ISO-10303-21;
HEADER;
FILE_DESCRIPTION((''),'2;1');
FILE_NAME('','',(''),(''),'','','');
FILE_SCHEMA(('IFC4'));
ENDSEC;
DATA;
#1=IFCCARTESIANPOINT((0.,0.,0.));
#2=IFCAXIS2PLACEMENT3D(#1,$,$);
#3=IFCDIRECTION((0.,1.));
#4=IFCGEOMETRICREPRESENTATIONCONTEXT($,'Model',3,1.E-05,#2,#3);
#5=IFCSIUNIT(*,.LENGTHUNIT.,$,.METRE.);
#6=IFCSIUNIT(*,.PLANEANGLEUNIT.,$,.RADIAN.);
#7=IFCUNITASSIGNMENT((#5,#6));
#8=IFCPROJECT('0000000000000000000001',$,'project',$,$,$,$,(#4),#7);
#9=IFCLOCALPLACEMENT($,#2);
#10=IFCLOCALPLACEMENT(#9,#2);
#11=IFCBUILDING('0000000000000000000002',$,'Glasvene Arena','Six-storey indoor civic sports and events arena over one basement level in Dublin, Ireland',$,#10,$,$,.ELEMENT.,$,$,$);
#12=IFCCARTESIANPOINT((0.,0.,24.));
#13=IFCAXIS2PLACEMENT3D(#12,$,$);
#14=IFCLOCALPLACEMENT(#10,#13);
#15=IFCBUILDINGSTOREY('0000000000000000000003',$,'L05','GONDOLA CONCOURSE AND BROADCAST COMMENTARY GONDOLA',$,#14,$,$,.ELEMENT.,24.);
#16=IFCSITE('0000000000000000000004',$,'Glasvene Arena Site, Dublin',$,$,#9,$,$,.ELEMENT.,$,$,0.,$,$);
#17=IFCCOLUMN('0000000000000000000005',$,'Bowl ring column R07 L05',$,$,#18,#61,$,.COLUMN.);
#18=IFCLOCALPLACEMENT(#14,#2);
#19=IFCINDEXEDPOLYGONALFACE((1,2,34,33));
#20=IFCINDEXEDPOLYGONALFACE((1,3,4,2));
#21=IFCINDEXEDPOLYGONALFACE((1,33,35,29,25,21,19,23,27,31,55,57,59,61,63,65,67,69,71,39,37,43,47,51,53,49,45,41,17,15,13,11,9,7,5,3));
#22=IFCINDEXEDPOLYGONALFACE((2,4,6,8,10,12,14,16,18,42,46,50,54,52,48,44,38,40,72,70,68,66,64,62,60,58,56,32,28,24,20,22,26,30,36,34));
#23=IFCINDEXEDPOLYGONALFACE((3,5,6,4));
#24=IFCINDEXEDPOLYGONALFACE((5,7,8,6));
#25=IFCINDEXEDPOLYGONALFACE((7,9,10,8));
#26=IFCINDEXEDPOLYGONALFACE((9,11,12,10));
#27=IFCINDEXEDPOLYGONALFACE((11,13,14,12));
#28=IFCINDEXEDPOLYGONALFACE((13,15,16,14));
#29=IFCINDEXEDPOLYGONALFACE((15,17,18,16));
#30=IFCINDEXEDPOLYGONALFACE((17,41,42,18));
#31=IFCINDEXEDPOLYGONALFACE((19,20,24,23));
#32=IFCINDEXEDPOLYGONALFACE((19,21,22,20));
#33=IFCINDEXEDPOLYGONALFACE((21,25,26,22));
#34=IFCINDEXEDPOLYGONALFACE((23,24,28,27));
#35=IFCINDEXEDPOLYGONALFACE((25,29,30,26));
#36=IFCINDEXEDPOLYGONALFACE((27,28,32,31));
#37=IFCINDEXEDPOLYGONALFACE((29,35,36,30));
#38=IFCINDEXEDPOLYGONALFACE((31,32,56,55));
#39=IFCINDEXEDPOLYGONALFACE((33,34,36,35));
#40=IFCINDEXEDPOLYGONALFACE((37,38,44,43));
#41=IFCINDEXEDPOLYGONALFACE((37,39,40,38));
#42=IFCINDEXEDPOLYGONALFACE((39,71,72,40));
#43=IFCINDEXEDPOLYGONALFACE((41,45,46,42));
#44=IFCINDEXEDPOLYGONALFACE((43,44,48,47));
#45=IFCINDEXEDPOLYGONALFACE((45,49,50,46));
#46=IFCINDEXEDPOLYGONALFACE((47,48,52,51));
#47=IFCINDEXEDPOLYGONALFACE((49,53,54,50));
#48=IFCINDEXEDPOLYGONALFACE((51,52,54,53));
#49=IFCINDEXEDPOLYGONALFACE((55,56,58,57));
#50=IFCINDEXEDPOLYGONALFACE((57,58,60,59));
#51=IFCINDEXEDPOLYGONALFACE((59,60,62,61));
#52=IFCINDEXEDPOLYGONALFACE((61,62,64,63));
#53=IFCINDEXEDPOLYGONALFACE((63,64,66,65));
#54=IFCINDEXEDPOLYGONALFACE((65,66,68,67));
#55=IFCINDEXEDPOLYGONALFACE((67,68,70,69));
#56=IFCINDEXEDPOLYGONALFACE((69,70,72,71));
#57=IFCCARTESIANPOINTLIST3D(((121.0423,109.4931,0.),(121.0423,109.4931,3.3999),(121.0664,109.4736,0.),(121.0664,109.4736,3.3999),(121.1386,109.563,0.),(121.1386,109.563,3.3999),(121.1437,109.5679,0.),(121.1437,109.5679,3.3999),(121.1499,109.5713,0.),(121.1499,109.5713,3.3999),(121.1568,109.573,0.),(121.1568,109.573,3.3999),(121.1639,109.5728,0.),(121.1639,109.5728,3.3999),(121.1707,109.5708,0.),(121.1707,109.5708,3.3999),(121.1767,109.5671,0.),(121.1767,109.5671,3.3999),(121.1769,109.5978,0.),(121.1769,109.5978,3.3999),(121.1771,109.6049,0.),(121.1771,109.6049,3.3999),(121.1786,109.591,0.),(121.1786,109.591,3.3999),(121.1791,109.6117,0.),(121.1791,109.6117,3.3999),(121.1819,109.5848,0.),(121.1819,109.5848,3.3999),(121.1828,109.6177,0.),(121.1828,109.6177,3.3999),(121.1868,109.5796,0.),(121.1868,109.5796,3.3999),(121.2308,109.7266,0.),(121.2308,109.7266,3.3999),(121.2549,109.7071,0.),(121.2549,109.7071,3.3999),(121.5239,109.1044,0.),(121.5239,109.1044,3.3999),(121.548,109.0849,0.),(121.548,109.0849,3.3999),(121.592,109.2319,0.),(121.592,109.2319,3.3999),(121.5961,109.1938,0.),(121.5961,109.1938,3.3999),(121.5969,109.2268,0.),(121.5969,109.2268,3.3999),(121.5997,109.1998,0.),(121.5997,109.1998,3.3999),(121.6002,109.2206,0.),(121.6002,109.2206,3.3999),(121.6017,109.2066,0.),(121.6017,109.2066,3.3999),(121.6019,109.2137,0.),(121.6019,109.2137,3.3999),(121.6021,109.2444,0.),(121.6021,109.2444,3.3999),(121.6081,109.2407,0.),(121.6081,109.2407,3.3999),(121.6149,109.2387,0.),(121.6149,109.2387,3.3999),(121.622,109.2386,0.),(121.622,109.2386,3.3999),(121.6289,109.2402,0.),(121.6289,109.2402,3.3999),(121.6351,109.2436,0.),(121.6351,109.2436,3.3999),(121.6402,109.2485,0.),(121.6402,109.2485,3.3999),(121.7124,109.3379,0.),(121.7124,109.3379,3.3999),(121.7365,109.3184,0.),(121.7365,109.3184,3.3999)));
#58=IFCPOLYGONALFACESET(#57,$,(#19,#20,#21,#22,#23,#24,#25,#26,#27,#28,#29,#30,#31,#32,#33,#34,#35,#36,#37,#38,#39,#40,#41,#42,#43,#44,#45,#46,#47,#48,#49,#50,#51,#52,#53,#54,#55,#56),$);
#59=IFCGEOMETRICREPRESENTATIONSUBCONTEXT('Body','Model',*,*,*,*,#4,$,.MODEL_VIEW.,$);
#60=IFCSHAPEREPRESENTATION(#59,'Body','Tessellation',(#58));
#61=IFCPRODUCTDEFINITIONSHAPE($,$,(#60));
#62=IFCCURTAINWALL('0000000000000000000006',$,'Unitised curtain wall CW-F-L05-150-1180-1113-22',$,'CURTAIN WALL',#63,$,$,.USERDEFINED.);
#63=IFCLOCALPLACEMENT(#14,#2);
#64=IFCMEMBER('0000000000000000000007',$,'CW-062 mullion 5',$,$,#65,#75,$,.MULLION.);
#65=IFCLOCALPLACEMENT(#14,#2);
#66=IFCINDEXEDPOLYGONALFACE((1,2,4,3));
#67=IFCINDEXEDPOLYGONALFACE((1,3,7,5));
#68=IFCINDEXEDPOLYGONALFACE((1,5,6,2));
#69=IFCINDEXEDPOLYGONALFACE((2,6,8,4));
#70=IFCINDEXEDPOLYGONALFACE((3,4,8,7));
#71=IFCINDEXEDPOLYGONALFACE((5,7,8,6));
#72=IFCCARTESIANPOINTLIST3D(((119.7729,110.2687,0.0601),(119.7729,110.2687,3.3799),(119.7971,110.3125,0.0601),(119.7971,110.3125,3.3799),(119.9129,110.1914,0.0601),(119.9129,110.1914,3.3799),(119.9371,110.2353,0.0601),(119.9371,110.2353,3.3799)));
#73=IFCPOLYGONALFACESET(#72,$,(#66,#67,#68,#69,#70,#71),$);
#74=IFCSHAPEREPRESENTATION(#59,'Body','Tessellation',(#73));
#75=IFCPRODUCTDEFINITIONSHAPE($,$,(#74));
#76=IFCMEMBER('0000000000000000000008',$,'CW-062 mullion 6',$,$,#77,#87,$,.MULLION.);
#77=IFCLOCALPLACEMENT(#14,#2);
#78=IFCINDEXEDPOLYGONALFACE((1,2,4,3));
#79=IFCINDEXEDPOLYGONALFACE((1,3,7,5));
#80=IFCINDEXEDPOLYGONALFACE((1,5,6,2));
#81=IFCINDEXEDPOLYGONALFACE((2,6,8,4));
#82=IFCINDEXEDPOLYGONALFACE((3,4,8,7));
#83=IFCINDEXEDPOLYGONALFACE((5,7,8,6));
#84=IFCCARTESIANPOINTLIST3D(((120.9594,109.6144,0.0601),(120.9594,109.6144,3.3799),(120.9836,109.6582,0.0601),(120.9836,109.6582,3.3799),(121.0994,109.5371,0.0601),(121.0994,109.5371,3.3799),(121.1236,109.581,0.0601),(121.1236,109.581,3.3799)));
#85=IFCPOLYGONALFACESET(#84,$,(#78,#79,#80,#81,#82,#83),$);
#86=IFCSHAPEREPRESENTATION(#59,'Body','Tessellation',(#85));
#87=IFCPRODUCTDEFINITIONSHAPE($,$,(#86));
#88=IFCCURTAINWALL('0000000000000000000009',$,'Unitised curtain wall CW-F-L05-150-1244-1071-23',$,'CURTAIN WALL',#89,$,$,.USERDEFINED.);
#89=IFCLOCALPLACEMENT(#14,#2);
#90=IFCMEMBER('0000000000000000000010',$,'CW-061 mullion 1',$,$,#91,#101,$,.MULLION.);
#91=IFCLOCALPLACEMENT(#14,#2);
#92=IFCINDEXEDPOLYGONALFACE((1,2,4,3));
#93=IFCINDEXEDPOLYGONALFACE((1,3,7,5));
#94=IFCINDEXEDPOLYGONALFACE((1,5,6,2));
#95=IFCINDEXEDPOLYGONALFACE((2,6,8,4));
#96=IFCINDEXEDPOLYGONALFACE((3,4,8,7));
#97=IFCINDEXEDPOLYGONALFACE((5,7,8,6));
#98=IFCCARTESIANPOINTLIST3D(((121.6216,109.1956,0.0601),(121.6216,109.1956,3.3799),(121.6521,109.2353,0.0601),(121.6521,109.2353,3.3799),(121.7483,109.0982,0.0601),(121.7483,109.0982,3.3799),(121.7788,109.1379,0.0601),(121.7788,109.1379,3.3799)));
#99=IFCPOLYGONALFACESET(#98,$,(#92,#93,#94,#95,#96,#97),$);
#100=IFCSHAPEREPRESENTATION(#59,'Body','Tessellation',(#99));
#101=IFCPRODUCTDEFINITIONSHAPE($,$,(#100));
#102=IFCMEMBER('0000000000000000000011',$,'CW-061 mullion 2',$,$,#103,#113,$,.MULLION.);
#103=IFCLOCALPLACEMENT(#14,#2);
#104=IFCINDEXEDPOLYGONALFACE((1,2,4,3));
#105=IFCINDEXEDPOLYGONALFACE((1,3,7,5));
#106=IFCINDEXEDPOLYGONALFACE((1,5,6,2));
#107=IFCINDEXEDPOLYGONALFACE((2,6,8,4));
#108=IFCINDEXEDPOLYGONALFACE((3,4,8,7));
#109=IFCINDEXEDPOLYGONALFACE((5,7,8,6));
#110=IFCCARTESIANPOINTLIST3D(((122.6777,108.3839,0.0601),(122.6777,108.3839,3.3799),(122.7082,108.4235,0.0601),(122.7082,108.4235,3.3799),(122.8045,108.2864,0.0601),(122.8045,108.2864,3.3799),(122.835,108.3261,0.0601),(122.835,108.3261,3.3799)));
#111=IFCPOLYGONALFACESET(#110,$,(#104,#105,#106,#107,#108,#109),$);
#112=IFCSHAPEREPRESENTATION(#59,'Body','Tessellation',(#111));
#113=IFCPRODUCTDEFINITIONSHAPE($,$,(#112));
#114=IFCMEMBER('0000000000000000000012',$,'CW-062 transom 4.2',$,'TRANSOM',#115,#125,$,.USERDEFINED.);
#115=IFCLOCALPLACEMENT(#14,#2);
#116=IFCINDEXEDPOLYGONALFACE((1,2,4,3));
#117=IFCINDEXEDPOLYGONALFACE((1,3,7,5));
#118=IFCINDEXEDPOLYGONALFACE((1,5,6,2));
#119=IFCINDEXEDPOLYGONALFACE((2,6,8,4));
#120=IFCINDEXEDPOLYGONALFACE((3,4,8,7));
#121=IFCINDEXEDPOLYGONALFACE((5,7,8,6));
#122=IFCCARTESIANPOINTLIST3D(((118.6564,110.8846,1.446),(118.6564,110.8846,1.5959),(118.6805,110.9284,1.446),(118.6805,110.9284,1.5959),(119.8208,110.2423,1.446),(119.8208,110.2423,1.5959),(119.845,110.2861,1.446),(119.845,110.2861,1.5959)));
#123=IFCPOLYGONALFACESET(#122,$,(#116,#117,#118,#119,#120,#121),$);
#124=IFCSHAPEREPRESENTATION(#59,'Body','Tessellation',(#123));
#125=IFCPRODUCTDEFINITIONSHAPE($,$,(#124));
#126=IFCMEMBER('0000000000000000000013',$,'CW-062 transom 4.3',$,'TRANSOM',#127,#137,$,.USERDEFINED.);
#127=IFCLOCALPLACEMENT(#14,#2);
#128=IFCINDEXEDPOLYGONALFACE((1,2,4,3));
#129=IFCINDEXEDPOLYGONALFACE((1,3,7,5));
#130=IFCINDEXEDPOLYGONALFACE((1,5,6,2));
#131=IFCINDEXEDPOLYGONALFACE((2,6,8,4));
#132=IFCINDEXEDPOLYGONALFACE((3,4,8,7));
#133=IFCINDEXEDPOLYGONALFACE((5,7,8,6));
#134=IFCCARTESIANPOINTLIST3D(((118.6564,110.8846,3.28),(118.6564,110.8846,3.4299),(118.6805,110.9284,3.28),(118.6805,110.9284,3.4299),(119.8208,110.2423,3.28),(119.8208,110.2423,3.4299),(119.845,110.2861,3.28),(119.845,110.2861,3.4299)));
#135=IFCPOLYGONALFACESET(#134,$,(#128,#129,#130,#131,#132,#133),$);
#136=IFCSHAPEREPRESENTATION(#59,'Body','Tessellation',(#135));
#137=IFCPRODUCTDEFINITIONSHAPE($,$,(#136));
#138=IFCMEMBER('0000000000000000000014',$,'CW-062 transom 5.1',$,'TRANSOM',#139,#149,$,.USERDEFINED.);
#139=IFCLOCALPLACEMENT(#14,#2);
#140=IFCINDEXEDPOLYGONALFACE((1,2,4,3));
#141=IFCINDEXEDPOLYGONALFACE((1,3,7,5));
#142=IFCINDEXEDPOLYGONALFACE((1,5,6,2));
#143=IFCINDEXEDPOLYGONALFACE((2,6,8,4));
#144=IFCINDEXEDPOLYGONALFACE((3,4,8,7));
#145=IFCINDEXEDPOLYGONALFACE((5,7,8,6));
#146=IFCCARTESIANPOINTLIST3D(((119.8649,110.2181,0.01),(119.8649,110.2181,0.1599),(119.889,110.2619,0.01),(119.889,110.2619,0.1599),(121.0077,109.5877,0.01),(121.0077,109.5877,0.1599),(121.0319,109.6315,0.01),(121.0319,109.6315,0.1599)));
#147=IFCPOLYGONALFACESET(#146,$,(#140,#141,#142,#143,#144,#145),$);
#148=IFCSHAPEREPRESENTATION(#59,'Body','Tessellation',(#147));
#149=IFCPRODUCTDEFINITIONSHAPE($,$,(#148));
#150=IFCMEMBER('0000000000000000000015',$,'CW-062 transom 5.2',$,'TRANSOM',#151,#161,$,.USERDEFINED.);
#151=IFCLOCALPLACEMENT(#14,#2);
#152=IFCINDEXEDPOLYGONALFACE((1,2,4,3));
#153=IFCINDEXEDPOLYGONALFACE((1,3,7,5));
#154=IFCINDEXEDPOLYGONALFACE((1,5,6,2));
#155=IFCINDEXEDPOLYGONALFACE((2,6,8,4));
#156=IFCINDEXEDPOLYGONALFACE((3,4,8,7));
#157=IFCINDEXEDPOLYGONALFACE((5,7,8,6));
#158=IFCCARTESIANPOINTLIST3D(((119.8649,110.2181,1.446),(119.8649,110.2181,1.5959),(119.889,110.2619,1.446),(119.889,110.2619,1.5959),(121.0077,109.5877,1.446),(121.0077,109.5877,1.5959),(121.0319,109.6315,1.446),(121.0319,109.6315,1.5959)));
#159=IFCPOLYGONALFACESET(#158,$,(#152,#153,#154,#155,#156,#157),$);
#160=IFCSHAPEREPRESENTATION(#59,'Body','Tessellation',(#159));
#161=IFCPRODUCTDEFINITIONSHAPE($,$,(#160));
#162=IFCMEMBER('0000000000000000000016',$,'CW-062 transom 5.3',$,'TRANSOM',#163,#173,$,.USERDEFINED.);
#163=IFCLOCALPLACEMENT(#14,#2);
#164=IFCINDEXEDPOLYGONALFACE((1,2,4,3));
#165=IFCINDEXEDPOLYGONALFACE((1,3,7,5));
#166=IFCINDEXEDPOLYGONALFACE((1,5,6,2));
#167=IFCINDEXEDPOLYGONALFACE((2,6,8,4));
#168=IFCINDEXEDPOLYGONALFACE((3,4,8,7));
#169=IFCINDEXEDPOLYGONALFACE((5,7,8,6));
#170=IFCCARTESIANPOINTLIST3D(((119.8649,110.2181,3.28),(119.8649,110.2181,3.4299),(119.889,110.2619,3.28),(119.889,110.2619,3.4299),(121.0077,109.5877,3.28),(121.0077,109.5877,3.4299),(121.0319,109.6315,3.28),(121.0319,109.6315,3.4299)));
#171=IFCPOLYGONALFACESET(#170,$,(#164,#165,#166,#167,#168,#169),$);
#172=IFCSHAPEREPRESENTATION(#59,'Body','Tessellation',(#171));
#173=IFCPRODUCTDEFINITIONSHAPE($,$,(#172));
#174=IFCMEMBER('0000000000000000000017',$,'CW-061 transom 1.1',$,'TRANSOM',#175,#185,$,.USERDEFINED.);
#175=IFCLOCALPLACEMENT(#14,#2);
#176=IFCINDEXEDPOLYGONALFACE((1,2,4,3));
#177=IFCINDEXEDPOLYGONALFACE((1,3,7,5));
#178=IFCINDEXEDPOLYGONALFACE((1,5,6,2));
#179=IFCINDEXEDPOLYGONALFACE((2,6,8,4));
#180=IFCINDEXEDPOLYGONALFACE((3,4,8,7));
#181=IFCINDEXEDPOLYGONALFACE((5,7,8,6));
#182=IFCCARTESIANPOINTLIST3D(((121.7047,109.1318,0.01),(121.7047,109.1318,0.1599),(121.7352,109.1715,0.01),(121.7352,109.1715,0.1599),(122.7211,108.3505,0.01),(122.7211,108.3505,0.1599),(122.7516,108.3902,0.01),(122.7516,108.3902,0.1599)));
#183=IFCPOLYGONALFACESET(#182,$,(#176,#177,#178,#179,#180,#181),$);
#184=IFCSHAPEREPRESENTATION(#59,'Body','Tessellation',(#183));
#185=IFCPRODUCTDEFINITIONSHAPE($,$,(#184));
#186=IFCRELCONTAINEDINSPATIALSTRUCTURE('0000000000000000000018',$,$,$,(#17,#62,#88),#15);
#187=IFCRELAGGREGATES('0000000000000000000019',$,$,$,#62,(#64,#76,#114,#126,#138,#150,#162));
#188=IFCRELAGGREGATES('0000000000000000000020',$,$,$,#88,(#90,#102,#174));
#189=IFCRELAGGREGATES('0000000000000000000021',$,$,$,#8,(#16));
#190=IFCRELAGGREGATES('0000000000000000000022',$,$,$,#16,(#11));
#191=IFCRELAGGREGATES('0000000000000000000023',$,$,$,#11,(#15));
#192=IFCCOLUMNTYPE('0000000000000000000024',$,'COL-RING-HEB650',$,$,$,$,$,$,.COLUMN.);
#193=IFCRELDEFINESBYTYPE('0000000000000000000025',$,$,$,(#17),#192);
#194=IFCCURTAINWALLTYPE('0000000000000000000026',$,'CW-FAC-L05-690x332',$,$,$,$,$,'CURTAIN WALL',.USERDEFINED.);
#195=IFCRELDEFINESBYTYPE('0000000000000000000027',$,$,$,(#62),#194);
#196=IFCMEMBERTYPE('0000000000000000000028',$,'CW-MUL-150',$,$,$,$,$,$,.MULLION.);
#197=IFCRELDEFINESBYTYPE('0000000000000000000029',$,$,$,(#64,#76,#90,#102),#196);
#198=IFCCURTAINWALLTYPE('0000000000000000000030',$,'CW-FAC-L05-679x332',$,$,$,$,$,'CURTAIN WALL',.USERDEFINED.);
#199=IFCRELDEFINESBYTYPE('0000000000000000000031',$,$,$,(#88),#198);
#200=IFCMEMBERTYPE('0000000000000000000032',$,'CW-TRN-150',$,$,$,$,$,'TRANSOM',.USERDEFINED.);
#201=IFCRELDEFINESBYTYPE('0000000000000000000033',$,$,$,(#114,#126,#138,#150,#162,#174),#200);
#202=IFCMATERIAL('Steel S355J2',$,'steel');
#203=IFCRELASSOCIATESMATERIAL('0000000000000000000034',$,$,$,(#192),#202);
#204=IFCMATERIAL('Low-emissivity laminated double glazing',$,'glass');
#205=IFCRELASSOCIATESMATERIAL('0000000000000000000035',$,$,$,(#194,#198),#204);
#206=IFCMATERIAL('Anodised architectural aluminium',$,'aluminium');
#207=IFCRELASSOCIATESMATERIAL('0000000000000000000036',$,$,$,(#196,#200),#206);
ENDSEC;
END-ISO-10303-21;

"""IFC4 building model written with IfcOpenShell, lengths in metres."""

from ifc_helpers import new_model, si_unit, direction, frame, origin, origin_2d, place, context, subcontext, project, spatial, rectangle, i_section, extrude, material, material_profile, profile_set, type_object, element, aggregate, save


model = new_model("IFC4")

# Units and contexts
model_context = context("Model", 3, precision=1e-05, world=origin(), true_north=direction((0.0, 1.0)))
body_context = subcontext(model_context, "Body", "Model", "MODEL_VIEW")
ifc_project = project(units=[si_unit("LENGTHUNIT", "METRE"), si_unit("PLANEANGLEUNIT", "RADIAN")], contexts=[model_context])

# Site, building, storey
site_placement = place(None, origin())
site = spatial("IfcSite", under=ifc_project, at=site_placement, Name="Glasvene Arena Site, Dublin", CompositionType="ELEMENT", RefElevation=0.0)
building_placement = place(site_placement, origin())
building = spatial("IfcBuilding", under=site, at=building_placement, Name="Glasvene Arena", Description="Six-storey indoor civic sports and events arena over one basement level in Dublin, Ireland", CompositionType="ELEMENT")
storey_placement = place(building_placement, frame((0.0, 0.0, 24.0)))
storey = spatial("IfcBuildingStorey", under=building, at=storey_placement, Name="L05", Description="GONDOLA CONCOURSE AND BROADCAST COMMENTARY GONDOLA", CompositionType="ELEMENT", Elevation=24.0)

# Column
ifc_material_1 = material(Name="Steel S355J2", Category="steel")
ifc_material_profile_1 = material_profile(ifc_material_1, i_section(OverallWidth=0.3, OverallDepth=0.6499, WebThickness=0.0161, FlangeThickness=0.031, FilletRadius=0.0271, at=origin_2d()), Name="HEB 650")
ifc_profile_set_1 = profile_set([ifc_material_profile_1], Name="Steel S355J2")
column_type = type_object("IfcColumnType", Name="COL-RING-HEB650", PredefinedType="COLUMN", material=ifc_profile_set_1)
column_placement = place(storey_placement, frame((121.3894, 109.4058, 0.0), z_axis=(0.0, 0.0, 1.0), x_axis=(0.628099, 0.778134, 0.0)))
element("IfcColumn", 1, at=column_placement, inside=storey, type_object=column_type, Name="Bowl ring column R07 L05", PredefinedType="COLUMN", context=body_context, shape_type="SweptSolid", body=[
    extrude(i_section(OverallWidth=0.3, OverallDepth=0.6499, WebThickness=0.0161, FlangeThickness=0.031, FilletRadius=0.0271, at=origin_2d()), origin(), (0.0, 0.0, 1.0), 3.3999),
])

# Curtain walls, members
ifc_material_2 = material(Name="Low-emissivity laminated double glazing", Category="glass")
curtain_wall_type_1 = type_object("IfcCurtainWallType", Name="CW-FAC-L05-690x332", ElementType="CURTAIN WALL", PredefinedType="USERDEFINED", material=ifc_material_2)
curtain_wall_1_placement = place(storey_placement, frame((115.021, 112.9182, 0.0)))
curtain_wall_1 = element("IfcCurtainWall", 2, at=curtain_wall_1_placement, inside=storey, type_object=curtain_wall_type_1, Name="Unitised curtain wall CW-F-L05-150-1180-1113-22", ObjectType="CURTAIN WALL", PredefinedType="USERDEFINED")
ifc_material_3 = material(Name="Anodised architectural aluminium", Category="aluminium")
ifc_material_profile_2 = material_profile(ifc_material_3, rectangle(XDim=0.05, YDim=0.1599, at=origin_2d()), Name="ALU MULLION 50x160")
ifc_profile_set_2 = profile_set([ifc_material_profile_2], Name="Anodised architectural aluminium")
member_type_1 = type_object("IfcMemberType", Name="CW-MUL-150", PredefinedType="MULLION", material=ifc_profile_set_2)
member_1_placement = place(storey_placement, frame((119.855, 110.252, 0.0601), z_axis=(0.0, 0.0, 1.0), x_axis=(0.482939, 0.875654, 0.0)))
member_1 = element("IfcMember", 3, at=member_1_placement, type_object=member_type_1, Name="CW-062 mullion 5", PredefinedType="MULLION", context=body_context, shape_type="SweptSolid", body=[
    extrude(rectangle(XDim=0.05, YDim=0.1599, at=origin_2d()), origin(), (0.0, 0.0, 1.0), 3.3198),
])
member_2_placement = place(storey_placement, frame((121.0415, 109.5977, 0.0601), z_axis=(0.0, 0.0, 1.0), x_axis=(0.482939, 0.875654, 0.0)))
member_2 = element("IfcMember", 4, at=member_2_placement, type_object=member_type_1, Name="CW-062 mullion 6", PredefinedType="MULLION", context=body_context, shape_type="SweptSolid", body=[
    extrude(rectangle(XDim=0.05, YDim=0.1599, at=origin_2d()), origin(), (0.0, 0.0, 1.0), 3.3198),
])
curtain_wall_type_2 = type_object("IfcCurtainWallType", Name="CW-FAC-L05-679x332", ElementType="CURTAIN WALL", PredefinedType="USERDEFINED", material=ifc_material_2)
curtain_wall_2_placement = place(storey_placement, frame((121.6804, 109.1821, 0.0)))
curtain_wall_2 = element("IfcCurtainWall", 5, at=curtain_wall_2_placement, inside=storey, type_object=curtain_wall_type_2, Name="Unitised curtain wall CW-F-L05-150-1244-1071-23", ObjectType="CURTAIN WALL", PredefinedType="USERDEFINED")
member_3_placement = place(storey_placement, frame((121.7002, 109.1667, 0.0601), z_axis=(0.0, 0.0, 1.0), x_axis=(0.60943, 0.79284, 0.0)))
member_3 = element("IfcMember", 6, at=member_3_placement, type_object=member_type_1, Name="CW-061 mullion 1", PredefinedType="MULLION", context=body_context, shape_type="SweptSolid", body=[
    extrude(rectangle(XDim=0.05, YDim=0.1599, at=origin_2d()), origin(), (0.0, 0.0, 1.0), 3.3198),
])
member_4_placement = place(storey_placement, frame((122.7563, 108.355, 0.0601), z_axis=(0.0, 0.0, 1.0), x_axis=(0.60943, 0.79284, 0.0)))
member_4 = element("IfcMember", 7, at=member_4_placement, type_object=member_type_1, Name="CW-061 mullion 2", PredefinedType="MULLION", context=body_context, shape_type="SweptSolid", body=[
    extrude(rectangle(XDim=0.05, YDim=0.1599, at=origin_2d()), origin(), (0.0, 0.0, 1.0), 3.3198),
])

# Members
ifc_material_profile_3 = material_profile(ifc_material_3, rectangle(XDim=0.05, YDim=0.1499, at=origin_2d()), Name="ALU TRANSOM 50x150")
ifc_profile_set_3 = profile_set([ifc_material_profile_3], Name="Anodised architectural aluminium")
member_type_2 = type_object("IfcMemberType", Name="CW-TRN-150", ElementType="TRANSOM", PredefinedType="USERDEFINED", material=ifc_profile_set_3)
member_5_placement = place(storey_placement, frame((118.6685, 110.9065, 1.521), z_axis=(0.875634, -0.482975, 0.0), x_axis=(0.482975, 0.875634, 0.0)))
member_5 = element("IfcMember", 8, at=member_5_placement, type_object=member_type_2, Name="CW-062 transom 4.2", ObjectType="TRANSOM", PredefinedType="USERDEFINED", context=body_context, shape_type="SweptSolid", body=[
    extrude(rectangle(XDim=0.05, YDim=0.1499, at=origin_2d()), origin(), (0.0, 0.0, 1.0), 1.3298),
])
member_6_placement = place(storey_placement, frame((118.6685, 110.9065, 3.355), z_axis=(0.875634, -0.482975, 0.0), x_axis=(0.482975, 0.875634, 0.0)))
member_6 = element("IfcMember", 9, at=member_6_placement, type_object=member_type_2, Name="CW-062 transom 4.3", ObjectType="TRANSOM", PredefinedType="USERDEFINED", context=body_context, shape_type="SweptSolid", body=[
    extrude(rectangle(XDim=0.05, YDim=0.1499, at=origin_2d()), origin(), (0.0, 0.0, 1.0), 1.3298),
])
member_7_placement = place(storey_placement, frame((119.877, 110.24, 0.085), z_axis=(0.875627, -0.482988, 0.0), x_axis=(0.482988, 0.875627, 0.0)))
member_7 = element("IfcMember", 10, at=member_7_placement, type_object=member_type_2, Name="CW-062 transom 5.1", ObjectType="TRANSOM", PredefinedType="USERDEFINED", context=body_context, shape_type="SweptSolid", body=[
    extrude(rectangle(XDim=0.05, YDim=0.1499, at=origin_2d()), origin(), (0.0, 0.0, 1.0), 1.3052),
])
member_8_placement = place(storey_placement, frame((119.877, 110.24, 1.521), z_axis=(0.875627, -0.482988, 0.0), x_axis=(0.482988, 0.875627, 0.0)))
member_8 = element("IfcMember", 11, at=member_8_placement, type_object=member_type_2, Name="CW-062 transom 5.2", ObjectType="TRANSOM", PredefinedType="USERDEFINED", context=body_context, shape_type="SweptSolid", body=[
    extrude(rectangle(XDim=0.05, YDim=0.1499, at=origin_2d()), origin(), (0.0, 0.0, 1.0), 1.3052),
])
member_9_placement = place(storey_placement, frame((119.877, 110.24, 3.355), z_axis=(0.875627, -0.482988, 0.0), x_axis=(0.482988, 0.875627, 0.0)))
member_9 = element("IfcMember", 12, at=member_9_placement, type_object=member_type_2, Name="CW-062 transom 5.3", ObjectType="TRANSOM", PredefinedType="USERDEFINED", context=body_context, shape_type="SweptSolid", body=[
    extrude(rectangle(XDim=0.05, YDim=0.1499, at=origin_2d()), origin(), (0.0, 0.0, 1.0), 1.3052),
])
member_10_placement = place(storey_placement, frame((121.72, 109.1516, 0.085), z_axis=(0.792836, -0.609435, 0.0), x_axis=(0.609435, 0.792836, 0.0)))
member_10 = element("IfcMember", 13, at=member_10_placement, type_object=member_type_2, Name="CW-061 transom 1.1", ObjectType="TRANSOM", PredefinedType="USERDEFINED", context=body_context, shape_type="SweptSolid", body=[
    extrude(rectangle(XDim=0.05, YDim=0.1499, at=origin_2d()), origin(), (0.0, 0.0, 1.0), 1.282),
])

aggregate(curtain_wall_1, [member_1, member_2, member_5, member_6, member_7, member_8, member_9])
aggregate(curtain_wall_2, [member_3, member_4, member_10])

save(model, "model.ifc")
